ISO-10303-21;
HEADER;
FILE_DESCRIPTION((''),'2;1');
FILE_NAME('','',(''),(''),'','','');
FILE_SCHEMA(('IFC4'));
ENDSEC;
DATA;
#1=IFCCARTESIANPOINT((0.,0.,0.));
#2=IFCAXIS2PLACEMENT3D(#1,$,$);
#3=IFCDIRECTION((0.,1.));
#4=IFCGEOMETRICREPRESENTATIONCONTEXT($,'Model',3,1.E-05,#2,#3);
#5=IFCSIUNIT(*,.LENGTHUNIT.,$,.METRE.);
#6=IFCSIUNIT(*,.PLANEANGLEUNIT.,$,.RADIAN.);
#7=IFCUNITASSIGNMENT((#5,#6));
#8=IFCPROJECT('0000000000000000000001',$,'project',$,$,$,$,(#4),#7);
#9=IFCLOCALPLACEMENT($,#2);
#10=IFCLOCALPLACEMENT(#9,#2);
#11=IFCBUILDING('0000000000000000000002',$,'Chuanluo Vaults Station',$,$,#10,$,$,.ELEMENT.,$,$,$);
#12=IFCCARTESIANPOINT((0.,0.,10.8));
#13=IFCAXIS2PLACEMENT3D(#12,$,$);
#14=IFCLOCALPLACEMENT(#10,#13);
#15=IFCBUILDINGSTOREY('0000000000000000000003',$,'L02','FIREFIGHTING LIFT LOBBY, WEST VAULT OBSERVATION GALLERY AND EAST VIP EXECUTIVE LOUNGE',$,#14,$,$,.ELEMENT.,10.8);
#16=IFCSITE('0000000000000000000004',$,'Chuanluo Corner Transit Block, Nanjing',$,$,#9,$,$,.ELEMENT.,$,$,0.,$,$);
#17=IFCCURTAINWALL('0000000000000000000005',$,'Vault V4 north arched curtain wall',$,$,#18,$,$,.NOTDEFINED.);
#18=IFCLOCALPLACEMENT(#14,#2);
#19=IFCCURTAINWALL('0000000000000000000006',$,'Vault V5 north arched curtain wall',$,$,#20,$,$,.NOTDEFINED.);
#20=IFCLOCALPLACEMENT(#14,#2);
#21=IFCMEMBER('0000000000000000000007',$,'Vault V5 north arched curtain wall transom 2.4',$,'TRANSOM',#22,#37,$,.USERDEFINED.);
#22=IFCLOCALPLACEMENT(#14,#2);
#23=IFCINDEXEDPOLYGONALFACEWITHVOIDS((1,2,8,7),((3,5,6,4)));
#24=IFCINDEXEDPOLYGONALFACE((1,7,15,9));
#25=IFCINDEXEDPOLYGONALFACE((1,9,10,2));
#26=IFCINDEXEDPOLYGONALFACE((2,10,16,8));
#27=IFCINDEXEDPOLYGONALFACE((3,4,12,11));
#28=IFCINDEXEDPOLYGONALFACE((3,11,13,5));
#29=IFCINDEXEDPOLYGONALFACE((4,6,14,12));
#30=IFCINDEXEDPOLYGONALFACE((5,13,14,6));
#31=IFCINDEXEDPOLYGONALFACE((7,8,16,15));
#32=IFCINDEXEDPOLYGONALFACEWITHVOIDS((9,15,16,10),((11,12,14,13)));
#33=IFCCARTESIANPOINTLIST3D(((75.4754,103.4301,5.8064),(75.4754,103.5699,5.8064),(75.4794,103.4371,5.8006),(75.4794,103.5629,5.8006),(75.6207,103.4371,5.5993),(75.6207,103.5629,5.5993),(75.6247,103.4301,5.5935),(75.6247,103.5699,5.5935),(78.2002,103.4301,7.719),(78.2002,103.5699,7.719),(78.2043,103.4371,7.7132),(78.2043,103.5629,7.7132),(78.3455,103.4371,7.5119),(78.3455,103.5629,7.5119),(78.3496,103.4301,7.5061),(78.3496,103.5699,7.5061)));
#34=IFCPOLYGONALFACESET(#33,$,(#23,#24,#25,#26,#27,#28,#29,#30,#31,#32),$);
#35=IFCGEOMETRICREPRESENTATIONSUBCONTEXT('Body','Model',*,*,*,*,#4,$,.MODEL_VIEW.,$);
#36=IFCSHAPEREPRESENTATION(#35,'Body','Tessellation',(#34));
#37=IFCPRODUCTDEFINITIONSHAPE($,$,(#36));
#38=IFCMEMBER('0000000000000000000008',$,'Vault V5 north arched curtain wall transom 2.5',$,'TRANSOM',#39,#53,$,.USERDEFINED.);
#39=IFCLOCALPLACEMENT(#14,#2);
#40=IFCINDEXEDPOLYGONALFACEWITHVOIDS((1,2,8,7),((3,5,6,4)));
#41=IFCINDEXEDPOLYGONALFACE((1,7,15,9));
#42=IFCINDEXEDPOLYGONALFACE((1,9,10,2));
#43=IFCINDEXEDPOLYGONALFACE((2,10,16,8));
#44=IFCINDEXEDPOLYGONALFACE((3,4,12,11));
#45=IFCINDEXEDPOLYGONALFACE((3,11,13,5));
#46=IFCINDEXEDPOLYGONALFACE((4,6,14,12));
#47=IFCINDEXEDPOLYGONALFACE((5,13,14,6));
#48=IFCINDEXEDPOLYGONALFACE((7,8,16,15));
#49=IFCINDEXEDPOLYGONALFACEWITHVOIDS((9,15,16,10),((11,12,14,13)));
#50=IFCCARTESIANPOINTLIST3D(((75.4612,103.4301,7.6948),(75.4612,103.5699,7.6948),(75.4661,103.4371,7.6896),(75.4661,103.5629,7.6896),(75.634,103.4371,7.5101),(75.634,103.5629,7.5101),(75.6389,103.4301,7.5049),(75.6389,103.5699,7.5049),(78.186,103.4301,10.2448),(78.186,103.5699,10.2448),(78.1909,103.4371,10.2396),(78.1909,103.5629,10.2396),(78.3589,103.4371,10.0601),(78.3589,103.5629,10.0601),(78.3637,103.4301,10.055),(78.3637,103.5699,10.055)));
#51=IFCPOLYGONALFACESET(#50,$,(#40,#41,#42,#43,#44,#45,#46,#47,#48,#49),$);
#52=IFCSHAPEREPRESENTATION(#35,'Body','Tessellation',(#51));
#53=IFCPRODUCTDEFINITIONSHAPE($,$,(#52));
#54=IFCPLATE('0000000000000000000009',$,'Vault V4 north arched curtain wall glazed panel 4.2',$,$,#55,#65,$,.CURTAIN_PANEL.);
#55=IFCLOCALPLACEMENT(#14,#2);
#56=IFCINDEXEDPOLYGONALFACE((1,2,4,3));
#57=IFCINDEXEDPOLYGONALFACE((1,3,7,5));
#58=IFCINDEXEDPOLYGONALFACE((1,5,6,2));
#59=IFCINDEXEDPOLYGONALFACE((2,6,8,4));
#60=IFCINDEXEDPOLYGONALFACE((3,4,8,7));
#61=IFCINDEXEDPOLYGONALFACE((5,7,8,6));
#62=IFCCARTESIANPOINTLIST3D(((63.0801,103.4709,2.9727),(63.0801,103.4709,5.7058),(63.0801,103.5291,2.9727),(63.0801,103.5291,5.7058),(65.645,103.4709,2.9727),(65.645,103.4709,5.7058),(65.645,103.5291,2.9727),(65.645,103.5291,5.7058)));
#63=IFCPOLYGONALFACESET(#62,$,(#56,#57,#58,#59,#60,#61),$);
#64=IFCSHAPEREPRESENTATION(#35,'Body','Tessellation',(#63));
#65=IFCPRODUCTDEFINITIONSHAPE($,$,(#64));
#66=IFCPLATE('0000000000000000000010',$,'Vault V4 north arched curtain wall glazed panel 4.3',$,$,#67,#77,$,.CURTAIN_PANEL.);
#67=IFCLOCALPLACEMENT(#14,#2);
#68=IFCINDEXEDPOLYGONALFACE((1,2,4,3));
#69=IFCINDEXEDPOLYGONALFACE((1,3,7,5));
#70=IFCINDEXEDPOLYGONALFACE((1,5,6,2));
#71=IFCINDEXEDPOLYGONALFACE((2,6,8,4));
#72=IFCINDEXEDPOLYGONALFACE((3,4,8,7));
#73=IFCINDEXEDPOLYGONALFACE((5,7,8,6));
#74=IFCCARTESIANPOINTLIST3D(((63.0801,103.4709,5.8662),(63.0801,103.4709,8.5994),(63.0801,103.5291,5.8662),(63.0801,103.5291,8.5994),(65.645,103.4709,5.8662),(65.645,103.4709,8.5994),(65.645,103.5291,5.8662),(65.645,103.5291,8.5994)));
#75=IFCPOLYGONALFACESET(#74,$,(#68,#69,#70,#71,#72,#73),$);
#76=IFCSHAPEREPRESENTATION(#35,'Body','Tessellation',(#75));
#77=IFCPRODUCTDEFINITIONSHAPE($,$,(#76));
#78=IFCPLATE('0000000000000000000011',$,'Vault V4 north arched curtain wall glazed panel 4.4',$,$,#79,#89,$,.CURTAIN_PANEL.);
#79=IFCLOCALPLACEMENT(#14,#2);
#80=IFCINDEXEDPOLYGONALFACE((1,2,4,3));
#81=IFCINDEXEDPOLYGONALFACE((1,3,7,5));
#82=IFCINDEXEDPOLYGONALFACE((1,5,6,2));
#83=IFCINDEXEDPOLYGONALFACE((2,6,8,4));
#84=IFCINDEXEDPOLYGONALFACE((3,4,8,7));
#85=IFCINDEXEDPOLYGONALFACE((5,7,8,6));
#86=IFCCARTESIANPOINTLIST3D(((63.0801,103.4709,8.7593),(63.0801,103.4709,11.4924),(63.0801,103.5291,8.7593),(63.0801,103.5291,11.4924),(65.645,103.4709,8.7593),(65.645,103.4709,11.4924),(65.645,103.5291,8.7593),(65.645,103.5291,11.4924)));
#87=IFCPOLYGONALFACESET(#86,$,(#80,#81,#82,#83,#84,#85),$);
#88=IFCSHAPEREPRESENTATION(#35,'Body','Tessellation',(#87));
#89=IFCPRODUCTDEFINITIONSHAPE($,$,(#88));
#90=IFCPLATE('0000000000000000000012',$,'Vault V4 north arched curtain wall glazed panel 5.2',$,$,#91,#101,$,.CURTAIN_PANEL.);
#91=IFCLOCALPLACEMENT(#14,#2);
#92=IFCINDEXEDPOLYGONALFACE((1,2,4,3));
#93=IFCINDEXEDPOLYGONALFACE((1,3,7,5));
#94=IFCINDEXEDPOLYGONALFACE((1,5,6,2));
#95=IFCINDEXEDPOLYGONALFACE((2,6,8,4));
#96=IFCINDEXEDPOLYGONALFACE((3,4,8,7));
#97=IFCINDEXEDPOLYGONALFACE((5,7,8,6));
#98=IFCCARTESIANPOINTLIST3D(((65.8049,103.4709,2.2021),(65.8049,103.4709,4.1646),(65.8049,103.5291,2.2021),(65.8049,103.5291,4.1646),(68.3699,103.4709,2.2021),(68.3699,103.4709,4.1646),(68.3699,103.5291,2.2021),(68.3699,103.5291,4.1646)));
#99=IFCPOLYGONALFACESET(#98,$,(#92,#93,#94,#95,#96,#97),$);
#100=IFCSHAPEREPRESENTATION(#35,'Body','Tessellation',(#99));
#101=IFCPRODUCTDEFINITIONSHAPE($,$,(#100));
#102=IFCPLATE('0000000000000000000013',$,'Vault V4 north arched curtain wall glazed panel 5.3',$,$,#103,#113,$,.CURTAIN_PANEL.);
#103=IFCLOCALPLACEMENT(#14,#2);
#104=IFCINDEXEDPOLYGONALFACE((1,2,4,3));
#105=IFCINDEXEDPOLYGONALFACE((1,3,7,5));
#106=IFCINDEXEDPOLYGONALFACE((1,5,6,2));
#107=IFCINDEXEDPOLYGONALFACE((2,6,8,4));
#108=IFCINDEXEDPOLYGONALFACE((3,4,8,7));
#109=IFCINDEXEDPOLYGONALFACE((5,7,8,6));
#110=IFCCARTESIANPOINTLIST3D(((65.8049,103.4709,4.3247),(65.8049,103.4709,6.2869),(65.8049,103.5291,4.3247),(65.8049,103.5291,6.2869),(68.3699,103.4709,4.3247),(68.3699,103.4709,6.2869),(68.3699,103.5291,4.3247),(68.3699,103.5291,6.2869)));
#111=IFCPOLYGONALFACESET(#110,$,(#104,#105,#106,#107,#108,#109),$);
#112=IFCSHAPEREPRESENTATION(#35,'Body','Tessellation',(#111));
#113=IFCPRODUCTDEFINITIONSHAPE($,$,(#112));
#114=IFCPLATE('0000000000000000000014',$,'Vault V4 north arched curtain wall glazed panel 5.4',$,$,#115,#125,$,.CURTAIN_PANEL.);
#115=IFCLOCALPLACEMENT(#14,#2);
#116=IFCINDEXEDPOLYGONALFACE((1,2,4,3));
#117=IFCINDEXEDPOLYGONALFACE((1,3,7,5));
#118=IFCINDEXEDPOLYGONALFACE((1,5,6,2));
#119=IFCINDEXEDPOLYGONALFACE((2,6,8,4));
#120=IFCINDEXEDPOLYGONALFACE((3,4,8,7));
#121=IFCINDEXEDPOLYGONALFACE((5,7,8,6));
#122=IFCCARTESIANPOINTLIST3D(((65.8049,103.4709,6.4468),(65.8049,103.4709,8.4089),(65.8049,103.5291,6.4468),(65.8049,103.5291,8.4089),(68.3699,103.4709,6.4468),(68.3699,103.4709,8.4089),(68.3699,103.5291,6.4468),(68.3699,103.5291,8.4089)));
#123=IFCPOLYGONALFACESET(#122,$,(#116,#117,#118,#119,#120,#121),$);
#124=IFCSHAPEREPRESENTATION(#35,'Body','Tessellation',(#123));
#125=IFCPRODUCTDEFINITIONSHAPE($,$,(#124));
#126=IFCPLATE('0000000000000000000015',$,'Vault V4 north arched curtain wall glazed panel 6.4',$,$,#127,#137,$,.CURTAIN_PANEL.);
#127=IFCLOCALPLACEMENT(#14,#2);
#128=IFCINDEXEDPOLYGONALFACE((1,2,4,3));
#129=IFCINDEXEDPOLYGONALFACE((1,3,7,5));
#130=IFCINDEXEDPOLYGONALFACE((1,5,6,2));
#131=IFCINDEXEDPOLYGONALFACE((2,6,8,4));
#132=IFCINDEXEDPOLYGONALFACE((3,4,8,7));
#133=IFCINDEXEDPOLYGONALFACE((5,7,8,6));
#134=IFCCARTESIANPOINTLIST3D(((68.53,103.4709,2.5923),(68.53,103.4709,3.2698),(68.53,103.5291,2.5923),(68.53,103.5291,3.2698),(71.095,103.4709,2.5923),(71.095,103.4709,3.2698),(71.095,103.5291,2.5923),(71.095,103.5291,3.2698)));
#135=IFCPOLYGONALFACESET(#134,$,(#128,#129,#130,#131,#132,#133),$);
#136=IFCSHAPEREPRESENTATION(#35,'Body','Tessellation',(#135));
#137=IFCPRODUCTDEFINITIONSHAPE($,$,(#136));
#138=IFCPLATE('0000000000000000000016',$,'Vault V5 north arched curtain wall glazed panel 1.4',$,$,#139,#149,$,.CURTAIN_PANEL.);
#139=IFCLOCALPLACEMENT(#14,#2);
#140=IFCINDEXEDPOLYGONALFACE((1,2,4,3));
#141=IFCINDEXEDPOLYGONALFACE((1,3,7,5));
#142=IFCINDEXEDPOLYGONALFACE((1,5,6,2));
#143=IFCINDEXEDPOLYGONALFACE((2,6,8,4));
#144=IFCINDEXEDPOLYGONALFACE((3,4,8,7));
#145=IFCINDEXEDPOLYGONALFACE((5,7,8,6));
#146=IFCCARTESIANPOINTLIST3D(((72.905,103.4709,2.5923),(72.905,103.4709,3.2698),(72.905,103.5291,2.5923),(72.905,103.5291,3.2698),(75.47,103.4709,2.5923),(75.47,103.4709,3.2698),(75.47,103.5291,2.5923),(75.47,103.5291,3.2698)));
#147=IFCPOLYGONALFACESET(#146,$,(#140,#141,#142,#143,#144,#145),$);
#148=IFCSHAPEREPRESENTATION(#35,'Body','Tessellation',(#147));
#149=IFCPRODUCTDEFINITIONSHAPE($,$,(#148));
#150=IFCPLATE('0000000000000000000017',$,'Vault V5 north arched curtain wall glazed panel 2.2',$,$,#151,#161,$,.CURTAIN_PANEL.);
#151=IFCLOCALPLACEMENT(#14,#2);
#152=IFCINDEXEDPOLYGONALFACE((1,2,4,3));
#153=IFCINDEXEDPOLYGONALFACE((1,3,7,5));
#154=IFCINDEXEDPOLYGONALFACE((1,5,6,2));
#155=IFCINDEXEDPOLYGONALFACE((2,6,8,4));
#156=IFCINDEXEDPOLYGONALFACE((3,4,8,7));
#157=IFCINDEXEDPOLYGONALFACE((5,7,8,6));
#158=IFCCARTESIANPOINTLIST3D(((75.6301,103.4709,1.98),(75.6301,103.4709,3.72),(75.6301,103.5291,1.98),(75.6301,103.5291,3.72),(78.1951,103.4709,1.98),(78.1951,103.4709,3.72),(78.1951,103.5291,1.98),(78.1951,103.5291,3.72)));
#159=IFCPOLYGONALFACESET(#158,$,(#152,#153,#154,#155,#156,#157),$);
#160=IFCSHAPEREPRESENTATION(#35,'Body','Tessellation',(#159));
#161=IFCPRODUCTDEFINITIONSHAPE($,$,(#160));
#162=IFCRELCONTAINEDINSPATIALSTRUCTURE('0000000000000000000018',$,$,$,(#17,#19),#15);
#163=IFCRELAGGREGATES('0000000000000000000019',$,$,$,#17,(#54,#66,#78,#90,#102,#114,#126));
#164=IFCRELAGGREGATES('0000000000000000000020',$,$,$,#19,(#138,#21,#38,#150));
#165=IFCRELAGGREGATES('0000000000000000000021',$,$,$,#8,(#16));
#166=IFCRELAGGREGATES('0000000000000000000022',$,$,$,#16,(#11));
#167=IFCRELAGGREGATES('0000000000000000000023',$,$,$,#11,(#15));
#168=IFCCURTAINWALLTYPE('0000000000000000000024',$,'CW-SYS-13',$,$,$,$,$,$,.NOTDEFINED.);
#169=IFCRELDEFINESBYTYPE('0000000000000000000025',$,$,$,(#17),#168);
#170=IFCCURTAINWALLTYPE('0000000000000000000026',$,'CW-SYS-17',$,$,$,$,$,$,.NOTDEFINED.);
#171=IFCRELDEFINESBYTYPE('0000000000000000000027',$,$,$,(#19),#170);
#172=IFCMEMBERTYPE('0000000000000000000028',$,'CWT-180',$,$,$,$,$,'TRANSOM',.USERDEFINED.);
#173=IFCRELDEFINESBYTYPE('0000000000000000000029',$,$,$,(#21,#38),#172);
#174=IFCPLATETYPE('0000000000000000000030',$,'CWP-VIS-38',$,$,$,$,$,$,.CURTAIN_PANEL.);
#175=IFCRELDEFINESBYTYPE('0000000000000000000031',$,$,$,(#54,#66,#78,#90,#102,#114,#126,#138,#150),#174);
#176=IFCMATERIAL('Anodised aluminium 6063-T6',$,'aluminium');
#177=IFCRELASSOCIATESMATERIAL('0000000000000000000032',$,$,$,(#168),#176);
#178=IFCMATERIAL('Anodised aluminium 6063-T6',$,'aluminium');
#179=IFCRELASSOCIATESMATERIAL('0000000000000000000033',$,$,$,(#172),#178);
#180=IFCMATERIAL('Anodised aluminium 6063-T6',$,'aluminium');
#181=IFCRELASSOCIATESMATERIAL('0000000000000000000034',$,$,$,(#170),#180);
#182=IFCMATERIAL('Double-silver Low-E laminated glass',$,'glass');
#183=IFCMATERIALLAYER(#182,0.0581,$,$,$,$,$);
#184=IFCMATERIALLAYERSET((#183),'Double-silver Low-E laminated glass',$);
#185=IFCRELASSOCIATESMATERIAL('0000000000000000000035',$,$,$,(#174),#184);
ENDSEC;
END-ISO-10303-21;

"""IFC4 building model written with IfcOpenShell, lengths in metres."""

from ifc_helpers import new_model, si_unit, direction, frame, origin, origin_2d, place, context, subcontext, project, spatial, rectangle, hollow_rectangle, extrude, material, layer, layer_set, material_profile, profile_set, type_object, element, aggregate, save


model = new_model("IFC4")

# Units and contexts
model_context = context("Model", 3, precision=1e-05, world=origin(), true_north=direction((0.0, 1.0)))
body_context = subcontext(model_context, "Body", "Model", "MODEL_VIEW")
ifc_project = project(units=[si_unit("LENGTHUNIT", "METRE"), si_unit("PLANEANGLEUNIT", "RADIAN")], contexts=[model_context])

# Site, building, storey
site_placement = place(None, origin())
site = spatial("IfcSite", under=ifc_project, at=site_placement, Name="Chuanluo Corner Transit Block, Nanjing", CompositionType="ELEMENT", RefElevation=0.0)
building_placement = place(site_placement, origin())
building = spatial("IfcBuilding", under=site, at=building_placement, Name="Chuanluo Vaults Station", CompositionType="ELEMENT")
storey_placement = place(building_placement, frame((0.0, 0.0, 10.8)))
storey = spatial("IfcBuildingStorey", under=building, at=storey_placement, Name="L02", Description="FIREFIGHTING LIFT LOBBY, WEST VAULT OBSERVATION GALLERY AND EAST VIP EXECUTIVE LOUNGE", CompositionType="ELEMENT", Elevation=10.8)

# Curtain walls, members
ifc_material_1 = material(Name="Anodised aluminium 6063-T6", Category="aluminium")
curtain_wall_type_1 = type_object("IfcCurtainWallType", Name="CW-SYS-13", PredefinedType="NOTDEFINED", material=ifc_material_1)
curtain_wall_1_placement = place(storey_placement, origin())
curtain_wall_1 = element("IfcCurtainWall", 1, at=curtain_wall_1_placement, inside=storey, type_object=curtain_wall_type_1, Name="Vault V4 north arched curtain wall", PredefinedType="NOTDEFINED")
ifc_material_2 = material(Name="Anodised aluminium 6063-T6", Category="aluminium")
ifc_material_profile = material_profile(ifc_material_2, hollow_rectangle(XDim=0.1399, YDim=0.26, WallThickness=0.0071, at=origin_2d()))
ifc_profile_set = profile_set([ifc_material_profile], Name="Anodised aluminium 6063-T6")
member_type = type_object("IfcMemberType", Name="CWT-180", ElementType="TRANSOM", PredefinedType="USERDEFINED", material=ifc_profile_set)
ifc_material_3 = material(Name="Anodised aluminium 6063-T6", Category="aluminium")
curtain_wall_type_2 = type_object("IfcCurtainWallType", Name="CW-SYS-17", PredefinedType="NOTDEFINED", material=ifc_material_3)
curtain_wall_2_placement = place(storey_placement, origin())
curtain_wall_2 = element("IfcCurtainWall", 2, at=curtain_wall_2_placement, inside=storey, type_object=curtain_wall_type_2, Name="Vault V5 north arched curtain wall", PredefinedType="NOTDEFINED")
member_1_placement = place(storey_placement, frame((75.55, 103.5, 5.7), z_axis=(0.818497, 0.0, 0.57451), x_axis=(0.0, 1.0, 0.0)))
member_1 = element("IfcMember", 3, at=member_1_placement, type_object=member_type, Name="Vault V5 north arched curtain wall transom 2.4", ObjectType="TRANSOM", PredefinedType="USERDEFINED", context=body_context, shape_type="SweptSolid", body=[
    extrude(hollow_rectangle(XDim=0.1399, YDim=0.26, WallThickness=0.0071, at=origin_2d()), origin(), (0.0, 0.0, 1.0), 3.3291),
])
member_2_placement = place(storey_placement, frame((75.55, 103.5, 7.5999), z_axis=(0.730139, 0.0, 0.683299), x_axis=(0.0, 1.0, 0.0)))
member_2 = element("IfcMember", 4, at=member_2_placement, type_object=member_type, Name="Vault V5 north arched curtain wall transom 2.5", ObjectType="TRANSOM", PredefinedType="USERDEFINED", context=body_context, shape_type="SweptSolid", body=[
    extrude(hollow_rectangle(XDim=0.1399, YDim=0.26, WallThickness=0.0071, at=origin_2d()), origin(), (0.0, 0.0, 1.0), 3.7319),
])

# Plates
ifc_material_4 = material(Name="Double-silver Low-E laminated glass", Category="glass")
ifc_layer = layer(ifc_material_4, 0.0581)
ifc_layer_set = layer_set([ifc_layer], Name="Double-silver Low-E laminated glass")
plate_type = type_object("IfcPlateType", Name="CWP-VIS-38", PredefinedType="CURTAIN_PANEL", material=ifc_layer_set)
plate_1_placement = place(storey_placement, frame((64.3625, 103.5, 2.9727), z_axis=(0.0, 0.0, 1.0), x_axis=(1.0, 0.0, 0.0)))
plate_1 = element("IfcPlate", 5, at=plate_1_placement, type_object=plate_type, Name="Vault V4 north arched curtain wall glazed panel 4.2", PredefinedType="CURTAIN_PANEL", context=body_context, shape_type="SweptSolid", body=[
    extrude(rectangle(XDim=2.5649, YDim=0.0581, at=origin_2d()), origin(), (0.0, 0.0, 1.0), 2.7332),
])
plate_2_placement = place(storey_placement, frame((64.3625, 103.5, 5.8662), z_axis=(0.0, 0.0, 1.0), x_axis=(1.0, 0.0, 0.0)))
plate_2 = element("IfcPlate", 6, at=plate_2_placement, type_object=plate_type, Name="Vault V4 north arched curtain wall glazed panel 4.3", PredefinedType="CURTAIN_PANEL", context=body_context, shape_type="SweptSolid", body=[
    extrude(rectangle(XDim=2.5649, YDim=0.0581, at=origin_2d()), origin(), (0.0, 0.0, 1.0), 2.7332),
])
plate_3_placement = place(storey_placement, frame((64.3625, 103.5, 8.7593), z_axis=(0.0, 0.0, 1.0), x_axis=(1.0, 0.0, 0.0)))
plate_3 = element("IfcPlate", 7, at=plate_3_placement, type_object=plate_type, Name="Vault V4 north arched curtain wall glazed panel 4.4", PredefinedType="CURTAIN_PANEL", context=body_context, shape_type="SweptSolid", body=[
    extrude(rectangle(XDim=2.5649, YDim=0.0581, at=origin_2d()), origin(), (0.0, 0.0, 1.0), 2.7332),
])
plate_4_placement = place(storey_placement, frame((67.0874, 103.5, 2.2021), z_axis=(0.0, 0.0, 1.0), x_axis=(1.0, 0.0, 0.0)))
plate_4 = element("IfcPlate", 8, at=plate_4_placement, type_object=plate_type, Name="Vault V4 north arched curtain wall glazed panel 5.2", PredefinedType="CURTAIN_PANEL", context=body_context, shape_type="SweptSolid", body=[
    extrude(rectangle(XDim=2.5649, YDim=0.0581, at=origin_2d()), origin(), (0.0, 0.0, 1.0), 1.9624),
])
plate_5_placement = place(storey_placement, frame((67.0874, 103.5, 4.3247), z_axis=(0.0, 0.0, 1.0), x_axis=(1.0, 0.0, 0.0)))
plate_5 = element("IfcPlate", 9, at=plate_5_placement, type_object=plate_type, Name="Vault V4 north arched curtain wall glazed panel 5.3", PredefinedType="CURTAIN_PANEL", context=body_context, shape_type="SweptSolid", body=[
    extrude(rectangle(XDim=2.5649, YDim=0.0581, at=origin_2d()), origin(), (0.0, 0.0, 1.0), 1.9622),
])
plate_6_placement = place(storey_placement, frame((67.0874, 103.5, 6.4468), z_axis=(0.0, 0.0, 1.0), x_axis=(1.0, 0.0, 0.0)))
plate_6 = element("IfcPlate", 10, at=plate_6_placement, type_object=plate_type, Name="Vault V4 north arched curtain wall glazed panel 5.4", PredefinedType="CURTAIN_PANEL", context=body_context, shape_type="SweptSolid", body=[
    extrude(rectangle(XDim=2.5649, YDim=0.0581, at=origin_2d()), origin(), (0.0, 0.0, 1.0), 1.9622),
])
plate_7_placement = place(storey_placement, frame((69.8125, 103.5, 2.5923), z_axis=(0.0, 0.0, 1.0), x_axis=(1.0, 0.0, 0.0)))
plate_7 = element("IfcPlate", 11, at=plate_7_placement, type_object=plate_type, Name="Vault V4 north arched curtain wall glazed panel 6.4", PredefinedType="CURTAIN_PANEL", context=body_context, shape_type="SweptSolid", body=[
    extrude(rectangle(XDim=2.5649, YDim=0.0581, at=origin_2d()), origin(), (0.0, 0.0, 1.0), 0.6775),
])
aggregate(curtain_wall_1, [plate_1, plate_2, plate_3, plate_4, plate_5, plate_6, plate_7])
plate_8_placement = place(storey_placement, frame((74.1875, 103.5, 2.5923), z_axis=(0.0, 0.0, 1.0), x_axis=(1.0, 0.0, 0.0)))
plate_8 = element("IfcPlate", 12, at=plate_8_placement, type_object=plate_type, Name="Vault V5 north arched curtain wall glazed panel 1.4", PredefinedType="CURTAIN_PANEL", context=body_context, shape_type="SweptSolid", body=[
    extrude(rectangle(XDim=2.5649, YDim=0.0581, at=origin_2d()), origin(), (0.0, 0.0, 1.0), 0.6775),
])
plate_9_placement = place(storey_placement, frame((76.9126, 103.5, 1.98), z_axis=(0.0, 0.0, 1.0), x_axis=(1.0, 0.0, 0.0)))
plate_9 = element("IfcPlate", 13, at=plate_9_placement, type_object=plate_type, Name="Vault V5 north arched curtain wall glazed panel 2.2", PredefinedType="CURTAIN_PANEL", context=body_context, shape_type="SweptSolid", body=[
    extrude(rectangle(XDim=2.5649, YDim=0.0581, at=origin_2d()), origin(), (0.0, 0.0, 1.0), 1.74),
])
aggregate(curtain_wall_2, [plate_8, member_1, member_2, plate_9])

save(model, "model.ifc")
